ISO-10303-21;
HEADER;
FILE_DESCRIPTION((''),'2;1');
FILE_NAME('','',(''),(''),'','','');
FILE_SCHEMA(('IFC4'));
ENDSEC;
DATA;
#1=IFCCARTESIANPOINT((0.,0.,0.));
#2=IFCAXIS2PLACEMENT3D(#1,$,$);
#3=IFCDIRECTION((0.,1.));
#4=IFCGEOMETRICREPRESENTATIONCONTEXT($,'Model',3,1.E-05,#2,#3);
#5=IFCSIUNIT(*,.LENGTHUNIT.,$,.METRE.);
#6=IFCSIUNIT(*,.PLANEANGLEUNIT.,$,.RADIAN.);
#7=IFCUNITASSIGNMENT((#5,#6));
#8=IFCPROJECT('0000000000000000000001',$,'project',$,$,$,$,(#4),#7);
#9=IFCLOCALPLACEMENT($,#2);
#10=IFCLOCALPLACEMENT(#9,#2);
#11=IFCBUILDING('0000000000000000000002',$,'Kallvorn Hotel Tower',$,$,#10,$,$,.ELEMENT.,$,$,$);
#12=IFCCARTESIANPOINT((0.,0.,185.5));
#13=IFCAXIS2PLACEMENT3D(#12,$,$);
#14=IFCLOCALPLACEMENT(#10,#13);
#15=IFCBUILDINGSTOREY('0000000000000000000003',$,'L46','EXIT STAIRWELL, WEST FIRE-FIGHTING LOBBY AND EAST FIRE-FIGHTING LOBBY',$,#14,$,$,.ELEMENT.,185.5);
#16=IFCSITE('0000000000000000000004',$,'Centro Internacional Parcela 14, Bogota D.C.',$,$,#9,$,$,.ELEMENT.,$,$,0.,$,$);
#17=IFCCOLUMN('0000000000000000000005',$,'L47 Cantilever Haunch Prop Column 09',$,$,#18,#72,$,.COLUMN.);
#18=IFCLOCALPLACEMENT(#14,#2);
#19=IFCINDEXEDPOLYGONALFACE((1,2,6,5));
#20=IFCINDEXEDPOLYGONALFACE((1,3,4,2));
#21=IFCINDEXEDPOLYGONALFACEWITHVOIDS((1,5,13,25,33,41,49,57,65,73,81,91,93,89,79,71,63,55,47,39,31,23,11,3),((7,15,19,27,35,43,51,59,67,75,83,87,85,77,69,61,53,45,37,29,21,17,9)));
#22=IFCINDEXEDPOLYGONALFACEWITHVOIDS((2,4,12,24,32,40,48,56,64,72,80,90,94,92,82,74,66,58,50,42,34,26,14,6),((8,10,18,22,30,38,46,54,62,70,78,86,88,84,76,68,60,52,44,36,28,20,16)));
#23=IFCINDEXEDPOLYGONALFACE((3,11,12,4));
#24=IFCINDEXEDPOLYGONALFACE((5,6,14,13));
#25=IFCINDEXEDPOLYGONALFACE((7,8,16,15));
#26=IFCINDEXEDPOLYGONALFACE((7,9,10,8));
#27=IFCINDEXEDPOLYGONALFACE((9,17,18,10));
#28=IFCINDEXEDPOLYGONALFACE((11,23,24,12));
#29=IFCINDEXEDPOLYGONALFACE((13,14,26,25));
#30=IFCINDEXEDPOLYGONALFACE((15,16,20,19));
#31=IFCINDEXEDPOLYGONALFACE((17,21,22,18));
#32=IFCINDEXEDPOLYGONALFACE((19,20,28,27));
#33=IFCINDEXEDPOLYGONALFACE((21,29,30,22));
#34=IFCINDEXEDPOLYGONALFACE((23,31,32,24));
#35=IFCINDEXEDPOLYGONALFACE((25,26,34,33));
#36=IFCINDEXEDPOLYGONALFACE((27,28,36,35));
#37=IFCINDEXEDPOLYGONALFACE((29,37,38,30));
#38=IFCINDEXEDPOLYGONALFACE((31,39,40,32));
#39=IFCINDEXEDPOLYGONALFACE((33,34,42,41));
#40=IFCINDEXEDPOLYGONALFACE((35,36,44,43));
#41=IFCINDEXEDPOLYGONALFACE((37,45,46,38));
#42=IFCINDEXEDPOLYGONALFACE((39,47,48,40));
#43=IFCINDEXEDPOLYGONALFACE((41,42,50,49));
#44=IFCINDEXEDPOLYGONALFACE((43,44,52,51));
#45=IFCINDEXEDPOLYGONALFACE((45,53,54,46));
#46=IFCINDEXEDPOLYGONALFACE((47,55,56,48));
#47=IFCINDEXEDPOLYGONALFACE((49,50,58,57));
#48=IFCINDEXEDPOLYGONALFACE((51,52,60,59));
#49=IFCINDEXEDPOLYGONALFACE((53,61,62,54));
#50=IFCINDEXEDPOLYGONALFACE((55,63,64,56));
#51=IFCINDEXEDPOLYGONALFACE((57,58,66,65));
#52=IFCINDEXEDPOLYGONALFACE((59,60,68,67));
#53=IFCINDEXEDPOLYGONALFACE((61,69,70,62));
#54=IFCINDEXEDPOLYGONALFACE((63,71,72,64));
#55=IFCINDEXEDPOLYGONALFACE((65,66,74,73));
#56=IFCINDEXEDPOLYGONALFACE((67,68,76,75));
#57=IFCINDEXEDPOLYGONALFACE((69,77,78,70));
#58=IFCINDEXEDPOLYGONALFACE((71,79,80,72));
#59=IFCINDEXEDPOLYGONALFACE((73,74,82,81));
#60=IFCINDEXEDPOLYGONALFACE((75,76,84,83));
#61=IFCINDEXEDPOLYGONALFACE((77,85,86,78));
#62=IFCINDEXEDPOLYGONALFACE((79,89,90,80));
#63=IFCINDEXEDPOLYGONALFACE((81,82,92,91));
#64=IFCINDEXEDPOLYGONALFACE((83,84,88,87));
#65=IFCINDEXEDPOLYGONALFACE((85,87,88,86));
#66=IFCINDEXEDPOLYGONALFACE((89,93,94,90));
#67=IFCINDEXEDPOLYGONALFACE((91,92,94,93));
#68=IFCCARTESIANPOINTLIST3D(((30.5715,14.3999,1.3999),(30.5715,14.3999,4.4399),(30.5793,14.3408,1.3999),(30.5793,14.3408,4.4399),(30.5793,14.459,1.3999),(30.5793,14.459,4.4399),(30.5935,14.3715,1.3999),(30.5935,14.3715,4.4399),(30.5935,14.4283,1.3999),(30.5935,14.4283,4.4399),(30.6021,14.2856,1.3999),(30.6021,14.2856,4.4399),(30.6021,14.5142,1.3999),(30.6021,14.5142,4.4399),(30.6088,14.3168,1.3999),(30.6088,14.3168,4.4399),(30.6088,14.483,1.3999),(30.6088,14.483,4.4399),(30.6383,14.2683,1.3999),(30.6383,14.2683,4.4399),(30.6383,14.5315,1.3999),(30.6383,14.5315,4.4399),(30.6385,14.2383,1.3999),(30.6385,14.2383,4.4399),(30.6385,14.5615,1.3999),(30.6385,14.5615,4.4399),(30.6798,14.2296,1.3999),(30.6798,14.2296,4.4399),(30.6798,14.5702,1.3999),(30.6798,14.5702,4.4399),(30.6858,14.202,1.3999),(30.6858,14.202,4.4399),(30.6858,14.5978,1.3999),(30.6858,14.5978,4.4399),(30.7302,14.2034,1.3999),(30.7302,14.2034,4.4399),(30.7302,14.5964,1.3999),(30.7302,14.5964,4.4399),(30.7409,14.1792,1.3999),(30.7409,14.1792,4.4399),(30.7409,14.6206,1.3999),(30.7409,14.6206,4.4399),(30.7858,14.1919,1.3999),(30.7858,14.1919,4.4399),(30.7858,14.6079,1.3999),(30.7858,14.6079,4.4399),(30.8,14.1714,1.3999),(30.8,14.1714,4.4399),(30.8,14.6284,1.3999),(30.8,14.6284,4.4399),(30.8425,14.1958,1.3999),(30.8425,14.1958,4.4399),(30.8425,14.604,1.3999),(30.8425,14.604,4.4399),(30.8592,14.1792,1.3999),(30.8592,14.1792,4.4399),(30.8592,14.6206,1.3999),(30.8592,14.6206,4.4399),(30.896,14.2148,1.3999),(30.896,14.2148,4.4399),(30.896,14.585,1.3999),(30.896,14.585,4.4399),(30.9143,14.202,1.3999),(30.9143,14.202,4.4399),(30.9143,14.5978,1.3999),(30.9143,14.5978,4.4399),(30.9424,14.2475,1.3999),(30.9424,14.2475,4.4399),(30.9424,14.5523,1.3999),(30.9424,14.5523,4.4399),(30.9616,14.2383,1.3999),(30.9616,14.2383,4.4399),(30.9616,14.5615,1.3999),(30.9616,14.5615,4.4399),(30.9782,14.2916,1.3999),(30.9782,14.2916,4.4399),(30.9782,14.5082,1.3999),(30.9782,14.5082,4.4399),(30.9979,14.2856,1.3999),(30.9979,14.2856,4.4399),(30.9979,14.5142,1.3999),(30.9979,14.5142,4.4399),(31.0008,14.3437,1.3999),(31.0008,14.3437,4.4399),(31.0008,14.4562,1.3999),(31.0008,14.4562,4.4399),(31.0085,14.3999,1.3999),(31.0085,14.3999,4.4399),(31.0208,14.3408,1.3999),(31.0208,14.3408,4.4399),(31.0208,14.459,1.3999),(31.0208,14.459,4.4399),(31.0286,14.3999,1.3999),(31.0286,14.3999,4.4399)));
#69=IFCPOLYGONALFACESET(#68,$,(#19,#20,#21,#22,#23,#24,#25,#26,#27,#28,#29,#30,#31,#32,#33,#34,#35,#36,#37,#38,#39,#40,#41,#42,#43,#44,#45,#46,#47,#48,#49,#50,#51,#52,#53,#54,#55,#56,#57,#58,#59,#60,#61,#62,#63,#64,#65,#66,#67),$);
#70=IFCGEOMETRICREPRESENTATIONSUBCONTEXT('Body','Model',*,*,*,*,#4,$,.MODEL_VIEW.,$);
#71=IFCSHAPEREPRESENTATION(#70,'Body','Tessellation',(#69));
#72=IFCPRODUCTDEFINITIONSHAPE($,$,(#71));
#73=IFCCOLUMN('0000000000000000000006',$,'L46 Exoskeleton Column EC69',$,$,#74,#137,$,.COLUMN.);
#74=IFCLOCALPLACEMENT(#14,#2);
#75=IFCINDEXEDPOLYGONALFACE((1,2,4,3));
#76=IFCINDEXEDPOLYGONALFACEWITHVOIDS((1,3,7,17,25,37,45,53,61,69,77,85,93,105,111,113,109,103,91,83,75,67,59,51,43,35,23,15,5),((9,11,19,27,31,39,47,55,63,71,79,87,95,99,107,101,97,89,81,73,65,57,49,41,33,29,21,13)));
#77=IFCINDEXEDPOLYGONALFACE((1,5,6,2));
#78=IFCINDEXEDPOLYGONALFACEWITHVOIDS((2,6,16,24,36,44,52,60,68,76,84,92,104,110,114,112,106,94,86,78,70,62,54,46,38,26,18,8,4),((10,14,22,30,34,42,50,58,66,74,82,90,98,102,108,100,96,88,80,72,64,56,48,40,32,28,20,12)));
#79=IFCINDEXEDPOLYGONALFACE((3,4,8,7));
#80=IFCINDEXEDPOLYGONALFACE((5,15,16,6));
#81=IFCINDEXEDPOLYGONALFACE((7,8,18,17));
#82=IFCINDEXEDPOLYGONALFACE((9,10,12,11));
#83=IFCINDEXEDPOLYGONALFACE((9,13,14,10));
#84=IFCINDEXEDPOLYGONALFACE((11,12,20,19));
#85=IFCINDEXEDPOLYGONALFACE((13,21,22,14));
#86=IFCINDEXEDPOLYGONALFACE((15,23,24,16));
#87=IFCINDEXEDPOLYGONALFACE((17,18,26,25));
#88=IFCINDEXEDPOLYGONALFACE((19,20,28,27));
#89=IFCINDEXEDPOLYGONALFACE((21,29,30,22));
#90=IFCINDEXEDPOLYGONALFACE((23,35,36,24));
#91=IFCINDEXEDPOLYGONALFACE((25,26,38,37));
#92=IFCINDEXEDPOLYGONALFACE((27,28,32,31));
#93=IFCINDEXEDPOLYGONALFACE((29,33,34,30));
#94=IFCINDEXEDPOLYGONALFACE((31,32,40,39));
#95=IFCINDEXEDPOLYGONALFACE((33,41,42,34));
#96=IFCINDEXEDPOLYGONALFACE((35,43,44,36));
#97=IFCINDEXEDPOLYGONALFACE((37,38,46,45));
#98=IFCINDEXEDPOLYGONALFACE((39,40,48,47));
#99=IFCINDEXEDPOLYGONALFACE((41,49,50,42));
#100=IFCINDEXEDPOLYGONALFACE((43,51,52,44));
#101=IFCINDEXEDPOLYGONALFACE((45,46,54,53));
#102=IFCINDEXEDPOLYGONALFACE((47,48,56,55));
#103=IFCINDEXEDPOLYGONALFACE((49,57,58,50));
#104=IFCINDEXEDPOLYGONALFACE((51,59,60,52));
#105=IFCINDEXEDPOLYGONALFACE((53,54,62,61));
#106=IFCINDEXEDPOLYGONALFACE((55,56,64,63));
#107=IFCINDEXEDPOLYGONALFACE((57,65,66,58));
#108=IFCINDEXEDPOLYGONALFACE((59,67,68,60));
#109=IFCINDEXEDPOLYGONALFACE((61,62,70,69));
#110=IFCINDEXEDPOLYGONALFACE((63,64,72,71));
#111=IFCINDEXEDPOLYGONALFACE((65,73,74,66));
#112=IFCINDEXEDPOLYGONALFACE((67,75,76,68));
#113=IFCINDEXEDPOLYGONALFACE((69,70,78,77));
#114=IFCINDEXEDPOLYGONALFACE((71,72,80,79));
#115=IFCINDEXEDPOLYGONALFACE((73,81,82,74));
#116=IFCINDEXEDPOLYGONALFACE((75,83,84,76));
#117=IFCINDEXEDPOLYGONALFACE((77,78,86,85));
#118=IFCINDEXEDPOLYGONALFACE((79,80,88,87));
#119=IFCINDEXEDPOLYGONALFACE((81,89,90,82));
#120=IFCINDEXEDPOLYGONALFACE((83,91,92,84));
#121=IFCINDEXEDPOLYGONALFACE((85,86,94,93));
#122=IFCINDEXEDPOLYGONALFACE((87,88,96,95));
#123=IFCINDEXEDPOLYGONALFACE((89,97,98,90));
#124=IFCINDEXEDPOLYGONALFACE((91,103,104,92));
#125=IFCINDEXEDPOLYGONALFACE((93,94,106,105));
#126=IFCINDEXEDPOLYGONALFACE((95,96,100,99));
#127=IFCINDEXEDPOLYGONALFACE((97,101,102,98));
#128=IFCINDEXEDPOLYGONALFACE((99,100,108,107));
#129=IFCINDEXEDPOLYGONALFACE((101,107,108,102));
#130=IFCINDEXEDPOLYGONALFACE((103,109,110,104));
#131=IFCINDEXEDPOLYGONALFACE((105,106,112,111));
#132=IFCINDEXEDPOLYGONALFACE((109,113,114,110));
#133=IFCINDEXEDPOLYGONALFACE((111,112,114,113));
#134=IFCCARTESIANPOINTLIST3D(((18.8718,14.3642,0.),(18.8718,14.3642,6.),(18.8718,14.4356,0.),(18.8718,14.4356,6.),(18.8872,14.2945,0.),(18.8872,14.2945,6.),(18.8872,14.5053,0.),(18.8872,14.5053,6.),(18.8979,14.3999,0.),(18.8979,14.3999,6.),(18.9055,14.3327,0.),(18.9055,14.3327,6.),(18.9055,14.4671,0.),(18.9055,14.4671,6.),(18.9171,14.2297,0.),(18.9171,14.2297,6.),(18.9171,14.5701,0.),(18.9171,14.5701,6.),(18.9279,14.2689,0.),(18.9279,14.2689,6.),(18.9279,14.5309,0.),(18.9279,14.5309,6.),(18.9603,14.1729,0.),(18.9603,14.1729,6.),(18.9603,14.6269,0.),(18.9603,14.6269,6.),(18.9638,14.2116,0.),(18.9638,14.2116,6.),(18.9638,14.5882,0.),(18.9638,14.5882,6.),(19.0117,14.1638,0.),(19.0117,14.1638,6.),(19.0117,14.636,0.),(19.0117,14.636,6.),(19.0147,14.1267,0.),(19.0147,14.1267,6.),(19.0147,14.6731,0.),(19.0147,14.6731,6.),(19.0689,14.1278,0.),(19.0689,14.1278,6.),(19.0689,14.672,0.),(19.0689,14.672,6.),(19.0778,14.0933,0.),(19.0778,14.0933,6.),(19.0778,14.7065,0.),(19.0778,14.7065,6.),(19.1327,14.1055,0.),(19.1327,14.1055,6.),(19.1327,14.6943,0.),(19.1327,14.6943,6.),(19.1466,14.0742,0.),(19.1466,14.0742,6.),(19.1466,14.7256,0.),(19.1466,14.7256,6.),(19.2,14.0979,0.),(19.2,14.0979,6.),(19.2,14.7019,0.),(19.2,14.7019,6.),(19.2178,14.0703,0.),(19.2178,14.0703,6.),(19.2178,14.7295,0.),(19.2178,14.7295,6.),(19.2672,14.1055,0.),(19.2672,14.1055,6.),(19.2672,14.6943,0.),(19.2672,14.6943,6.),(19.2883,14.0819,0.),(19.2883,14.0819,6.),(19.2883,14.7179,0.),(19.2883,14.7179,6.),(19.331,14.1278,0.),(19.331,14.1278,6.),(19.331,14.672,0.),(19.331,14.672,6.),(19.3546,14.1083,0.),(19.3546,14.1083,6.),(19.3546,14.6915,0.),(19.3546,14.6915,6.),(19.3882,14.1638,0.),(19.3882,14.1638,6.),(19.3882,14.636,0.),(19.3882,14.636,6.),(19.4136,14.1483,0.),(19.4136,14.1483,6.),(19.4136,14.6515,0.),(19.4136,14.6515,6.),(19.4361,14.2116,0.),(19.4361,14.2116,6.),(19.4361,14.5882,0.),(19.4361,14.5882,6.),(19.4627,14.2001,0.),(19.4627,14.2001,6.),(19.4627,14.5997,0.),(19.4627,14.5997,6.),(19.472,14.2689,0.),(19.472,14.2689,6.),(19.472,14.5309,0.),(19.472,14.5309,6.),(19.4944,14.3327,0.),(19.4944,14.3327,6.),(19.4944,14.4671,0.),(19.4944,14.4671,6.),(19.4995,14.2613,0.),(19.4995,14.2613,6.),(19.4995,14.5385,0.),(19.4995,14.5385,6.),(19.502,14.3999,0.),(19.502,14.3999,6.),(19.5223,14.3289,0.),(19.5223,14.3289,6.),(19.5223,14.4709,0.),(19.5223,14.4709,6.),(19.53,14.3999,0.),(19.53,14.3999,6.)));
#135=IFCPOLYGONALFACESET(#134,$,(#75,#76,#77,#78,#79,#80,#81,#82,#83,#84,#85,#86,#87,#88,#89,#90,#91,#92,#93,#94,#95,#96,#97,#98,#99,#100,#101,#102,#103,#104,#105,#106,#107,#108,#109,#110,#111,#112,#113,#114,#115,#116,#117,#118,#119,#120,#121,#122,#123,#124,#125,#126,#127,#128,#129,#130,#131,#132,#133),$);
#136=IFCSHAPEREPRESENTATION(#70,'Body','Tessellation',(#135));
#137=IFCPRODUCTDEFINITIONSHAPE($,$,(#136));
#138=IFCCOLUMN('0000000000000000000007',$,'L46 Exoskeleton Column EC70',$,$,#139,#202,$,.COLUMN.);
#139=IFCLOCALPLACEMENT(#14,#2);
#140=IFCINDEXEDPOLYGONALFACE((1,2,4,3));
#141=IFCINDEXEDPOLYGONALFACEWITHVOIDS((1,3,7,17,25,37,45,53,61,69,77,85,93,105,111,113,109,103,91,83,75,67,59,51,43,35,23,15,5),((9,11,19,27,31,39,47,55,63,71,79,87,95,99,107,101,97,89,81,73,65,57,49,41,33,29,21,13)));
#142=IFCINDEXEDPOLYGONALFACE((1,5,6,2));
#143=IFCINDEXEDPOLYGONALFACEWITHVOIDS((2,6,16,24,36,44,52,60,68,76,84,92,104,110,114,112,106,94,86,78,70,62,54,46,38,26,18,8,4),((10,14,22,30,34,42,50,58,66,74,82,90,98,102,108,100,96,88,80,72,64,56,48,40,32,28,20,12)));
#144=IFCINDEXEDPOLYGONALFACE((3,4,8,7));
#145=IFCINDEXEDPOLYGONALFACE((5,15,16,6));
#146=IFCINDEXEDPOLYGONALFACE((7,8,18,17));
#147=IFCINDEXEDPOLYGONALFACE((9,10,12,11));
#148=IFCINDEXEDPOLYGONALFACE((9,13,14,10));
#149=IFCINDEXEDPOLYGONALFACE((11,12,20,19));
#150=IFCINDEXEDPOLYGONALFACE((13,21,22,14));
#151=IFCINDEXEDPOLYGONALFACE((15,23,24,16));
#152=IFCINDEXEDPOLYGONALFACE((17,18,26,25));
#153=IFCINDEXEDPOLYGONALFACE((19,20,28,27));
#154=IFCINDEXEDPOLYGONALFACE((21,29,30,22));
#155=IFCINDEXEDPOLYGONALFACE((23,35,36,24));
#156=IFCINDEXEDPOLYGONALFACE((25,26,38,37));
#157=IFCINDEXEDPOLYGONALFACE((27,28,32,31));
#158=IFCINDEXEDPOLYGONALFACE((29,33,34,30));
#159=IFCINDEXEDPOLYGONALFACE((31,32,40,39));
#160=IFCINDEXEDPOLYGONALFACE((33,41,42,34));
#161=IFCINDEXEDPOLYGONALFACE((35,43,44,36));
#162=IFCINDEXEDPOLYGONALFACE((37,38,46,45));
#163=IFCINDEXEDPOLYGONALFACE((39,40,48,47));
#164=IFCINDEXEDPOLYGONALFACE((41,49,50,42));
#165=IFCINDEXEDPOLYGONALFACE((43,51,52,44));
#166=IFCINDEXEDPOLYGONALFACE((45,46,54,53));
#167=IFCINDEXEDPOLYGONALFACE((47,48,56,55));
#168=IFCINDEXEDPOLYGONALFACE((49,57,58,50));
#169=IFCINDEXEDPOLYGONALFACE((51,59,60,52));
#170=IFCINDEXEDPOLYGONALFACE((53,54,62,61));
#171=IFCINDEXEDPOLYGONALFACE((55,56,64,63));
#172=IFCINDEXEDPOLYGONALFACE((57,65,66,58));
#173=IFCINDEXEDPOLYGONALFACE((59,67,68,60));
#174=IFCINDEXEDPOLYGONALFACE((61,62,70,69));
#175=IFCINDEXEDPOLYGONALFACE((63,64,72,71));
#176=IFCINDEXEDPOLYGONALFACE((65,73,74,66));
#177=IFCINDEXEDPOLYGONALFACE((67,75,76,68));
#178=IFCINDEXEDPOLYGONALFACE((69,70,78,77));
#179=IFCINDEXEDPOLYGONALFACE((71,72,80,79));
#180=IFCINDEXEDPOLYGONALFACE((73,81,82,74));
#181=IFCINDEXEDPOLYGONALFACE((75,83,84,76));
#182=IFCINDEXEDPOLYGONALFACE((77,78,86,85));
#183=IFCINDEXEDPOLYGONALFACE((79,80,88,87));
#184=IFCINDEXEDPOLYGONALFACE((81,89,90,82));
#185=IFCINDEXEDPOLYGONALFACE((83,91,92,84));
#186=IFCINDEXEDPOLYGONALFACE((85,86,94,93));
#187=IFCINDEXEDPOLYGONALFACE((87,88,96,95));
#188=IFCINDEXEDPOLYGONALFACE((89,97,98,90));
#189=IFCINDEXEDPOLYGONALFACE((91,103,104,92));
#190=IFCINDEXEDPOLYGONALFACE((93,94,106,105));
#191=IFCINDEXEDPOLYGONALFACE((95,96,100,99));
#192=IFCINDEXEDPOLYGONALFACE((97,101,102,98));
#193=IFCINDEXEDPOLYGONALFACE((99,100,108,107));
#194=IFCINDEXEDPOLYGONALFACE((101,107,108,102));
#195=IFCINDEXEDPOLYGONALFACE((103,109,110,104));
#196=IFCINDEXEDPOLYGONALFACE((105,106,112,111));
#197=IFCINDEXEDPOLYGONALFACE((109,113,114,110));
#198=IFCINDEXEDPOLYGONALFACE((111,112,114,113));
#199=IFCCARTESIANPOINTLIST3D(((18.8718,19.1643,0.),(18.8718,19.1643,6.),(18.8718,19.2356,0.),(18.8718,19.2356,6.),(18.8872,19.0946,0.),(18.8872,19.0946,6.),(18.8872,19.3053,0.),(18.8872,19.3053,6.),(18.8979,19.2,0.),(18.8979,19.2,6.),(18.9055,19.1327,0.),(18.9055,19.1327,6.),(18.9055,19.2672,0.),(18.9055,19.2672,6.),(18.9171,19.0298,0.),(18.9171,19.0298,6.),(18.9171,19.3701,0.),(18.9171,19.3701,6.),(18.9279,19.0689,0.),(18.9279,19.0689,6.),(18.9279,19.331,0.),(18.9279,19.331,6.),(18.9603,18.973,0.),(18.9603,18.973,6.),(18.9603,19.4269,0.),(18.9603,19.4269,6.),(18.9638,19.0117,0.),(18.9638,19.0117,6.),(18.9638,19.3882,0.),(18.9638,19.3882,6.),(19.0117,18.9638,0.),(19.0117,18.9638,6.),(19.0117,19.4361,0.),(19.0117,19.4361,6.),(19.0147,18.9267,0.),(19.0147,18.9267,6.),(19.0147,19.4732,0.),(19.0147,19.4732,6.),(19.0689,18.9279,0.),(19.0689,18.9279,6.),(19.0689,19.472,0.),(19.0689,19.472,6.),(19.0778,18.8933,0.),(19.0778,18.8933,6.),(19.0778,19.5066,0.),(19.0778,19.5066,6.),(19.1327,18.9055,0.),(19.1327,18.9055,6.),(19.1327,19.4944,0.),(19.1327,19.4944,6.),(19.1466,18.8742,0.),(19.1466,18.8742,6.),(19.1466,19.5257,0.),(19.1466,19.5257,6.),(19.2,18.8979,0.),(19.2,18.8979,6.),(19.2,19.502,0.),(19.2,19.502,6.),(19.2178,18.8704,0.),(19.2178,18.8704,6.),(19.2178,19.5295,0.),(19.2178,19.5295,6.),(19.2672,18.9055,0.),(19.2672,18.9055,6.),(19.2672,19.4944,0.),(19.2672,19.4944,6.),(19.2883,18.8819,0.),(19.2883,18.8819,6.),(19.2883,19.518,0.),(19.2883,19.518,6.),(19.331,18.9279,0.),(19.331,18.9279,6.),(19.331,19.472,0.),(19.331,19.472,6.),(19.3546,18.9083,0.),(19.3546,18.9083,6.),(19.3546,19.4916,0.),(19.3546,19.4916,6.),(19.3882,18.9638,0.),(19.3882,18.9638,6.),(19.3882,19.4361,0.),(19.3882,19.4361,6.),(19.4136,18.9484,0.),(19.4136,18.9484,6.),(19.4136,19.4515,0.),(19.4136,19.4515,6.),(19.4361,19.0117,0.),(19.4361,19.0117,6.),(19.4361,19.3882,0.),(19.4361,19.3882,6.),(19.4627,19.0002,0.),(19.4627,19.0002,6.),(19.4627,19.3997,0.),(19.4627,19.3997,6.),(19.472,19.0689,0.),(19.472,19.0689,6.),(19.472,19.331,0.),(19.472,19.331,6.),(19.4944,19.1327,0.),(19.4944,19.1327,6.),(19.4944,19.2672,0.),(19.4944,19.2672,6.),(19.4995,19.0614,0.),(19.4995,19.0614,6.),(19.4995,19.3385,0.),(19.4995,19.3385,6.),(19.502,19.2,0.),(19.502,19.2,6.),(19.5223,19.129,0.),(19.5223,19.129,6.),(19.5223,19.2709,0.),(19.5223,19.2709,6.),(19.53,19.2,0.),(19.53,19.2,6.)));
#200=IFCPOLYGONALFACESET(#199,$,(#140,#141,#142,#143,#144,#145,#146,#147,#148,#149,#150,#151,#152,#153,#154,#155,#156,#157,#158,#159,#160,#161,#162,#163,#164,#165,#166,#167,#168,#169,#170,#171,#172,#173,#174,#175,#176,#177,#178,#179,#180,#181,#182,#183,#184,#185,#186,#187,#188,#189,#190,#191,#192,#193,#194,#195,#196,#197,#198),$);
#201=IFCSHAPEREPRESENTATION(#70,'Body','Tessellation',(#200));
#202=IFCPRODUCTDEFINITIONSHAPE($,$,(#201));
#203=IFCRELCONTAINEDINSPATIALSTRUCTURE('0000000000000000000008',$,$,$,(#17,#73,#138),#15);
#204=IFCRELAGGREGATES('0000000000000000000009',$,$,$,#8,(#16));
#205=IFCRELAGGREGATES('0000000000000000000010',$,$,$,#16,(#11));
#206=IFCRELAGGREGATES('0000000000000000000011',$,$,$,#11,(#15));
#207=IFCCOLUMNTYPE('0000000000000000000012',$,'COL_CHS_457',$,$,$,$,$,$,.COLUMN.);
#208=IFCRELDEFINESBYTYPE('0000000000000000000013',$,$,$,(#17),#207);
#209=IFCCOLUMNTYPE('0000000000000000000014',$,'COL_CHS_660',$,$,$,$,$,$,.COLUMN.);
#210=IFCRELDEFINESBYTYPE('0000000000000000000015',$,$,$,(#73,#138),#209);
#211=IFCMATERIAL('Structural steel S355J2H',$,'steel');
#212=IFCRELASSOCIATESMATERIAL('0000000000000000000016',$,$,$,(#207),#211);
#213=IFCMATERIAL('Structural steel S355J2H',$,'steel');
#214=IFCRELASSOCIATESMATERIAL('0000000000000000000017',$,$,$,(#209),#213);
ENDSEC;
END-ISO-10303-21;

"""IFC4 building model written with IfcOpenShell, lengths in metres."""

from ifc_helpers import new_model, si_unit, direction, frame, origin, origin_2d, place, context, subcontext, project, spatial, hollow_circle, extrude, material, material_profile, profile_set, type_object, element, save


model = new_model("IFC4")

# Units and contexts
model_context = context("Model", 3, precision=1e-05, world=origin(), true_north=direction((0.0, 1.0)))
body_context = subcontext(model_context, "Body", "Model", "MODEL_VIEW")
ifc_project = project(units=[si_unit("LENGTHUNIT", "METRE"), si_unit("PLANEANGLEUNIT", "RADIAN")], contexts=[model_context])

# Site, building, storey
site_placement = place(None, origin())
site = spatial("IfcSite", under=ifc_project, at=site_placement, Name="Centro Internacional Parcela 14, Bogota D.C.", CompositionType="ELEMENT", RefElevation=0.0)
building_placement = place(site_placement, origin())
building = spatial("IfcBuilding", under=site, at=building_placement, Name="Kallvorn Hotel Tower", CompositionType="ELEMENT")
storey_placement = place(building_placement, frame((0.0, 0.0, 185.5)))
storey = spatial("IfcBuildingStorey", under=building, at=storey_placement, Name="L46", Description="EXIT STAIRWELL, WEST FIRE-FIGHTING LOBBY AND EAST FIRE-FIGHTING LOBBY", CompositionType="ELEMENT", Elevation=185.5)

# Columns
ifc_material_1 = material(Name="Structural steel S355J2H", Category="steel")
ifc_material_profile_1 = material_profile(ifc_material_1, hollow_circle(Radius=0.2285, WallThickness=0.02, at=origin_2d()), Name="CHS 457x20")
ifc_profile_set_1 = profile_set([ifc_material_profile_1], Name="Structural steel S355J2H")
column_type_1 = type_object("IfcColumnType", Name="COL_CHS_457", PredefinedType="COLUMN", material=ifc_profile_set_1)
column_1_placement = place(storey_placement, frame((30.8, 14.3999, 1.3999), z_axis=(0.0, 0.0, 1.0), x_axis=(1.0, 0.0, 0.0)))
element("IfcColumn", 1, at=column_1_placement, inside=storey, type_object=column_type_1, Name="L47 Cantilever Haunch Prop Column 09", PredefinedType="COLUMN", context=body_context, shape_type="SweptSolid", body=[
    extrude(hollow_circle(Radius=0.2285, WallThickness=0.02, at=origin_2d()), origin(), (0.0, 0.0, 1.0), 3.04),
])
ifc_material_2 = material(Name="Structural steel S355J2H", Category="steel")
ifc_material_profile_2 = material_profile(ifc_material_2, hollow_circle(Radius=0.3301, WallThickness=0.0281, at=origin_2d()), Name="CHS 660x28")
ifc_profile_set_2 = profile_set([ifc_material_profile_2], Name="Structural steel S355J2H")
column_type_2 = type_object("IfcColumnType", Name="COL_CHS_660", PredefinedType="COLUMN", material=ifc_profile_set_2)
for number, where, z_axis, x_axis, name in (
    (2, (19.2, 14.3999, 0.0), (0.0, 0.0, 1.0), (1.0, 0.0, 0.0), "L46 Exoskeleton Column EC69"),
    (3, (19.2, 19.2, 0.0), (0.0, 0.0, 1.0), (1.0, 0.0, 0.0), "L46 Exoskeleton Column EC70"),
):
    element("IfcColumn", number, at=place(storey_placement, frame(where, z_axis=z_axis, x_axis=x_axis)), inside=storey, type_object=column_type_2, Name=name, PredefinedType="COLUMN", context=body_context, shape_type="SweptSolid", body=[
        extrude(hollow_circle(Radius=0.3301, WallThickness=0.0281, at=origin_2d()), origin(), (0.0, 0.0, 1.0), 6.0),
    ])

save(model, "model.ifc")
